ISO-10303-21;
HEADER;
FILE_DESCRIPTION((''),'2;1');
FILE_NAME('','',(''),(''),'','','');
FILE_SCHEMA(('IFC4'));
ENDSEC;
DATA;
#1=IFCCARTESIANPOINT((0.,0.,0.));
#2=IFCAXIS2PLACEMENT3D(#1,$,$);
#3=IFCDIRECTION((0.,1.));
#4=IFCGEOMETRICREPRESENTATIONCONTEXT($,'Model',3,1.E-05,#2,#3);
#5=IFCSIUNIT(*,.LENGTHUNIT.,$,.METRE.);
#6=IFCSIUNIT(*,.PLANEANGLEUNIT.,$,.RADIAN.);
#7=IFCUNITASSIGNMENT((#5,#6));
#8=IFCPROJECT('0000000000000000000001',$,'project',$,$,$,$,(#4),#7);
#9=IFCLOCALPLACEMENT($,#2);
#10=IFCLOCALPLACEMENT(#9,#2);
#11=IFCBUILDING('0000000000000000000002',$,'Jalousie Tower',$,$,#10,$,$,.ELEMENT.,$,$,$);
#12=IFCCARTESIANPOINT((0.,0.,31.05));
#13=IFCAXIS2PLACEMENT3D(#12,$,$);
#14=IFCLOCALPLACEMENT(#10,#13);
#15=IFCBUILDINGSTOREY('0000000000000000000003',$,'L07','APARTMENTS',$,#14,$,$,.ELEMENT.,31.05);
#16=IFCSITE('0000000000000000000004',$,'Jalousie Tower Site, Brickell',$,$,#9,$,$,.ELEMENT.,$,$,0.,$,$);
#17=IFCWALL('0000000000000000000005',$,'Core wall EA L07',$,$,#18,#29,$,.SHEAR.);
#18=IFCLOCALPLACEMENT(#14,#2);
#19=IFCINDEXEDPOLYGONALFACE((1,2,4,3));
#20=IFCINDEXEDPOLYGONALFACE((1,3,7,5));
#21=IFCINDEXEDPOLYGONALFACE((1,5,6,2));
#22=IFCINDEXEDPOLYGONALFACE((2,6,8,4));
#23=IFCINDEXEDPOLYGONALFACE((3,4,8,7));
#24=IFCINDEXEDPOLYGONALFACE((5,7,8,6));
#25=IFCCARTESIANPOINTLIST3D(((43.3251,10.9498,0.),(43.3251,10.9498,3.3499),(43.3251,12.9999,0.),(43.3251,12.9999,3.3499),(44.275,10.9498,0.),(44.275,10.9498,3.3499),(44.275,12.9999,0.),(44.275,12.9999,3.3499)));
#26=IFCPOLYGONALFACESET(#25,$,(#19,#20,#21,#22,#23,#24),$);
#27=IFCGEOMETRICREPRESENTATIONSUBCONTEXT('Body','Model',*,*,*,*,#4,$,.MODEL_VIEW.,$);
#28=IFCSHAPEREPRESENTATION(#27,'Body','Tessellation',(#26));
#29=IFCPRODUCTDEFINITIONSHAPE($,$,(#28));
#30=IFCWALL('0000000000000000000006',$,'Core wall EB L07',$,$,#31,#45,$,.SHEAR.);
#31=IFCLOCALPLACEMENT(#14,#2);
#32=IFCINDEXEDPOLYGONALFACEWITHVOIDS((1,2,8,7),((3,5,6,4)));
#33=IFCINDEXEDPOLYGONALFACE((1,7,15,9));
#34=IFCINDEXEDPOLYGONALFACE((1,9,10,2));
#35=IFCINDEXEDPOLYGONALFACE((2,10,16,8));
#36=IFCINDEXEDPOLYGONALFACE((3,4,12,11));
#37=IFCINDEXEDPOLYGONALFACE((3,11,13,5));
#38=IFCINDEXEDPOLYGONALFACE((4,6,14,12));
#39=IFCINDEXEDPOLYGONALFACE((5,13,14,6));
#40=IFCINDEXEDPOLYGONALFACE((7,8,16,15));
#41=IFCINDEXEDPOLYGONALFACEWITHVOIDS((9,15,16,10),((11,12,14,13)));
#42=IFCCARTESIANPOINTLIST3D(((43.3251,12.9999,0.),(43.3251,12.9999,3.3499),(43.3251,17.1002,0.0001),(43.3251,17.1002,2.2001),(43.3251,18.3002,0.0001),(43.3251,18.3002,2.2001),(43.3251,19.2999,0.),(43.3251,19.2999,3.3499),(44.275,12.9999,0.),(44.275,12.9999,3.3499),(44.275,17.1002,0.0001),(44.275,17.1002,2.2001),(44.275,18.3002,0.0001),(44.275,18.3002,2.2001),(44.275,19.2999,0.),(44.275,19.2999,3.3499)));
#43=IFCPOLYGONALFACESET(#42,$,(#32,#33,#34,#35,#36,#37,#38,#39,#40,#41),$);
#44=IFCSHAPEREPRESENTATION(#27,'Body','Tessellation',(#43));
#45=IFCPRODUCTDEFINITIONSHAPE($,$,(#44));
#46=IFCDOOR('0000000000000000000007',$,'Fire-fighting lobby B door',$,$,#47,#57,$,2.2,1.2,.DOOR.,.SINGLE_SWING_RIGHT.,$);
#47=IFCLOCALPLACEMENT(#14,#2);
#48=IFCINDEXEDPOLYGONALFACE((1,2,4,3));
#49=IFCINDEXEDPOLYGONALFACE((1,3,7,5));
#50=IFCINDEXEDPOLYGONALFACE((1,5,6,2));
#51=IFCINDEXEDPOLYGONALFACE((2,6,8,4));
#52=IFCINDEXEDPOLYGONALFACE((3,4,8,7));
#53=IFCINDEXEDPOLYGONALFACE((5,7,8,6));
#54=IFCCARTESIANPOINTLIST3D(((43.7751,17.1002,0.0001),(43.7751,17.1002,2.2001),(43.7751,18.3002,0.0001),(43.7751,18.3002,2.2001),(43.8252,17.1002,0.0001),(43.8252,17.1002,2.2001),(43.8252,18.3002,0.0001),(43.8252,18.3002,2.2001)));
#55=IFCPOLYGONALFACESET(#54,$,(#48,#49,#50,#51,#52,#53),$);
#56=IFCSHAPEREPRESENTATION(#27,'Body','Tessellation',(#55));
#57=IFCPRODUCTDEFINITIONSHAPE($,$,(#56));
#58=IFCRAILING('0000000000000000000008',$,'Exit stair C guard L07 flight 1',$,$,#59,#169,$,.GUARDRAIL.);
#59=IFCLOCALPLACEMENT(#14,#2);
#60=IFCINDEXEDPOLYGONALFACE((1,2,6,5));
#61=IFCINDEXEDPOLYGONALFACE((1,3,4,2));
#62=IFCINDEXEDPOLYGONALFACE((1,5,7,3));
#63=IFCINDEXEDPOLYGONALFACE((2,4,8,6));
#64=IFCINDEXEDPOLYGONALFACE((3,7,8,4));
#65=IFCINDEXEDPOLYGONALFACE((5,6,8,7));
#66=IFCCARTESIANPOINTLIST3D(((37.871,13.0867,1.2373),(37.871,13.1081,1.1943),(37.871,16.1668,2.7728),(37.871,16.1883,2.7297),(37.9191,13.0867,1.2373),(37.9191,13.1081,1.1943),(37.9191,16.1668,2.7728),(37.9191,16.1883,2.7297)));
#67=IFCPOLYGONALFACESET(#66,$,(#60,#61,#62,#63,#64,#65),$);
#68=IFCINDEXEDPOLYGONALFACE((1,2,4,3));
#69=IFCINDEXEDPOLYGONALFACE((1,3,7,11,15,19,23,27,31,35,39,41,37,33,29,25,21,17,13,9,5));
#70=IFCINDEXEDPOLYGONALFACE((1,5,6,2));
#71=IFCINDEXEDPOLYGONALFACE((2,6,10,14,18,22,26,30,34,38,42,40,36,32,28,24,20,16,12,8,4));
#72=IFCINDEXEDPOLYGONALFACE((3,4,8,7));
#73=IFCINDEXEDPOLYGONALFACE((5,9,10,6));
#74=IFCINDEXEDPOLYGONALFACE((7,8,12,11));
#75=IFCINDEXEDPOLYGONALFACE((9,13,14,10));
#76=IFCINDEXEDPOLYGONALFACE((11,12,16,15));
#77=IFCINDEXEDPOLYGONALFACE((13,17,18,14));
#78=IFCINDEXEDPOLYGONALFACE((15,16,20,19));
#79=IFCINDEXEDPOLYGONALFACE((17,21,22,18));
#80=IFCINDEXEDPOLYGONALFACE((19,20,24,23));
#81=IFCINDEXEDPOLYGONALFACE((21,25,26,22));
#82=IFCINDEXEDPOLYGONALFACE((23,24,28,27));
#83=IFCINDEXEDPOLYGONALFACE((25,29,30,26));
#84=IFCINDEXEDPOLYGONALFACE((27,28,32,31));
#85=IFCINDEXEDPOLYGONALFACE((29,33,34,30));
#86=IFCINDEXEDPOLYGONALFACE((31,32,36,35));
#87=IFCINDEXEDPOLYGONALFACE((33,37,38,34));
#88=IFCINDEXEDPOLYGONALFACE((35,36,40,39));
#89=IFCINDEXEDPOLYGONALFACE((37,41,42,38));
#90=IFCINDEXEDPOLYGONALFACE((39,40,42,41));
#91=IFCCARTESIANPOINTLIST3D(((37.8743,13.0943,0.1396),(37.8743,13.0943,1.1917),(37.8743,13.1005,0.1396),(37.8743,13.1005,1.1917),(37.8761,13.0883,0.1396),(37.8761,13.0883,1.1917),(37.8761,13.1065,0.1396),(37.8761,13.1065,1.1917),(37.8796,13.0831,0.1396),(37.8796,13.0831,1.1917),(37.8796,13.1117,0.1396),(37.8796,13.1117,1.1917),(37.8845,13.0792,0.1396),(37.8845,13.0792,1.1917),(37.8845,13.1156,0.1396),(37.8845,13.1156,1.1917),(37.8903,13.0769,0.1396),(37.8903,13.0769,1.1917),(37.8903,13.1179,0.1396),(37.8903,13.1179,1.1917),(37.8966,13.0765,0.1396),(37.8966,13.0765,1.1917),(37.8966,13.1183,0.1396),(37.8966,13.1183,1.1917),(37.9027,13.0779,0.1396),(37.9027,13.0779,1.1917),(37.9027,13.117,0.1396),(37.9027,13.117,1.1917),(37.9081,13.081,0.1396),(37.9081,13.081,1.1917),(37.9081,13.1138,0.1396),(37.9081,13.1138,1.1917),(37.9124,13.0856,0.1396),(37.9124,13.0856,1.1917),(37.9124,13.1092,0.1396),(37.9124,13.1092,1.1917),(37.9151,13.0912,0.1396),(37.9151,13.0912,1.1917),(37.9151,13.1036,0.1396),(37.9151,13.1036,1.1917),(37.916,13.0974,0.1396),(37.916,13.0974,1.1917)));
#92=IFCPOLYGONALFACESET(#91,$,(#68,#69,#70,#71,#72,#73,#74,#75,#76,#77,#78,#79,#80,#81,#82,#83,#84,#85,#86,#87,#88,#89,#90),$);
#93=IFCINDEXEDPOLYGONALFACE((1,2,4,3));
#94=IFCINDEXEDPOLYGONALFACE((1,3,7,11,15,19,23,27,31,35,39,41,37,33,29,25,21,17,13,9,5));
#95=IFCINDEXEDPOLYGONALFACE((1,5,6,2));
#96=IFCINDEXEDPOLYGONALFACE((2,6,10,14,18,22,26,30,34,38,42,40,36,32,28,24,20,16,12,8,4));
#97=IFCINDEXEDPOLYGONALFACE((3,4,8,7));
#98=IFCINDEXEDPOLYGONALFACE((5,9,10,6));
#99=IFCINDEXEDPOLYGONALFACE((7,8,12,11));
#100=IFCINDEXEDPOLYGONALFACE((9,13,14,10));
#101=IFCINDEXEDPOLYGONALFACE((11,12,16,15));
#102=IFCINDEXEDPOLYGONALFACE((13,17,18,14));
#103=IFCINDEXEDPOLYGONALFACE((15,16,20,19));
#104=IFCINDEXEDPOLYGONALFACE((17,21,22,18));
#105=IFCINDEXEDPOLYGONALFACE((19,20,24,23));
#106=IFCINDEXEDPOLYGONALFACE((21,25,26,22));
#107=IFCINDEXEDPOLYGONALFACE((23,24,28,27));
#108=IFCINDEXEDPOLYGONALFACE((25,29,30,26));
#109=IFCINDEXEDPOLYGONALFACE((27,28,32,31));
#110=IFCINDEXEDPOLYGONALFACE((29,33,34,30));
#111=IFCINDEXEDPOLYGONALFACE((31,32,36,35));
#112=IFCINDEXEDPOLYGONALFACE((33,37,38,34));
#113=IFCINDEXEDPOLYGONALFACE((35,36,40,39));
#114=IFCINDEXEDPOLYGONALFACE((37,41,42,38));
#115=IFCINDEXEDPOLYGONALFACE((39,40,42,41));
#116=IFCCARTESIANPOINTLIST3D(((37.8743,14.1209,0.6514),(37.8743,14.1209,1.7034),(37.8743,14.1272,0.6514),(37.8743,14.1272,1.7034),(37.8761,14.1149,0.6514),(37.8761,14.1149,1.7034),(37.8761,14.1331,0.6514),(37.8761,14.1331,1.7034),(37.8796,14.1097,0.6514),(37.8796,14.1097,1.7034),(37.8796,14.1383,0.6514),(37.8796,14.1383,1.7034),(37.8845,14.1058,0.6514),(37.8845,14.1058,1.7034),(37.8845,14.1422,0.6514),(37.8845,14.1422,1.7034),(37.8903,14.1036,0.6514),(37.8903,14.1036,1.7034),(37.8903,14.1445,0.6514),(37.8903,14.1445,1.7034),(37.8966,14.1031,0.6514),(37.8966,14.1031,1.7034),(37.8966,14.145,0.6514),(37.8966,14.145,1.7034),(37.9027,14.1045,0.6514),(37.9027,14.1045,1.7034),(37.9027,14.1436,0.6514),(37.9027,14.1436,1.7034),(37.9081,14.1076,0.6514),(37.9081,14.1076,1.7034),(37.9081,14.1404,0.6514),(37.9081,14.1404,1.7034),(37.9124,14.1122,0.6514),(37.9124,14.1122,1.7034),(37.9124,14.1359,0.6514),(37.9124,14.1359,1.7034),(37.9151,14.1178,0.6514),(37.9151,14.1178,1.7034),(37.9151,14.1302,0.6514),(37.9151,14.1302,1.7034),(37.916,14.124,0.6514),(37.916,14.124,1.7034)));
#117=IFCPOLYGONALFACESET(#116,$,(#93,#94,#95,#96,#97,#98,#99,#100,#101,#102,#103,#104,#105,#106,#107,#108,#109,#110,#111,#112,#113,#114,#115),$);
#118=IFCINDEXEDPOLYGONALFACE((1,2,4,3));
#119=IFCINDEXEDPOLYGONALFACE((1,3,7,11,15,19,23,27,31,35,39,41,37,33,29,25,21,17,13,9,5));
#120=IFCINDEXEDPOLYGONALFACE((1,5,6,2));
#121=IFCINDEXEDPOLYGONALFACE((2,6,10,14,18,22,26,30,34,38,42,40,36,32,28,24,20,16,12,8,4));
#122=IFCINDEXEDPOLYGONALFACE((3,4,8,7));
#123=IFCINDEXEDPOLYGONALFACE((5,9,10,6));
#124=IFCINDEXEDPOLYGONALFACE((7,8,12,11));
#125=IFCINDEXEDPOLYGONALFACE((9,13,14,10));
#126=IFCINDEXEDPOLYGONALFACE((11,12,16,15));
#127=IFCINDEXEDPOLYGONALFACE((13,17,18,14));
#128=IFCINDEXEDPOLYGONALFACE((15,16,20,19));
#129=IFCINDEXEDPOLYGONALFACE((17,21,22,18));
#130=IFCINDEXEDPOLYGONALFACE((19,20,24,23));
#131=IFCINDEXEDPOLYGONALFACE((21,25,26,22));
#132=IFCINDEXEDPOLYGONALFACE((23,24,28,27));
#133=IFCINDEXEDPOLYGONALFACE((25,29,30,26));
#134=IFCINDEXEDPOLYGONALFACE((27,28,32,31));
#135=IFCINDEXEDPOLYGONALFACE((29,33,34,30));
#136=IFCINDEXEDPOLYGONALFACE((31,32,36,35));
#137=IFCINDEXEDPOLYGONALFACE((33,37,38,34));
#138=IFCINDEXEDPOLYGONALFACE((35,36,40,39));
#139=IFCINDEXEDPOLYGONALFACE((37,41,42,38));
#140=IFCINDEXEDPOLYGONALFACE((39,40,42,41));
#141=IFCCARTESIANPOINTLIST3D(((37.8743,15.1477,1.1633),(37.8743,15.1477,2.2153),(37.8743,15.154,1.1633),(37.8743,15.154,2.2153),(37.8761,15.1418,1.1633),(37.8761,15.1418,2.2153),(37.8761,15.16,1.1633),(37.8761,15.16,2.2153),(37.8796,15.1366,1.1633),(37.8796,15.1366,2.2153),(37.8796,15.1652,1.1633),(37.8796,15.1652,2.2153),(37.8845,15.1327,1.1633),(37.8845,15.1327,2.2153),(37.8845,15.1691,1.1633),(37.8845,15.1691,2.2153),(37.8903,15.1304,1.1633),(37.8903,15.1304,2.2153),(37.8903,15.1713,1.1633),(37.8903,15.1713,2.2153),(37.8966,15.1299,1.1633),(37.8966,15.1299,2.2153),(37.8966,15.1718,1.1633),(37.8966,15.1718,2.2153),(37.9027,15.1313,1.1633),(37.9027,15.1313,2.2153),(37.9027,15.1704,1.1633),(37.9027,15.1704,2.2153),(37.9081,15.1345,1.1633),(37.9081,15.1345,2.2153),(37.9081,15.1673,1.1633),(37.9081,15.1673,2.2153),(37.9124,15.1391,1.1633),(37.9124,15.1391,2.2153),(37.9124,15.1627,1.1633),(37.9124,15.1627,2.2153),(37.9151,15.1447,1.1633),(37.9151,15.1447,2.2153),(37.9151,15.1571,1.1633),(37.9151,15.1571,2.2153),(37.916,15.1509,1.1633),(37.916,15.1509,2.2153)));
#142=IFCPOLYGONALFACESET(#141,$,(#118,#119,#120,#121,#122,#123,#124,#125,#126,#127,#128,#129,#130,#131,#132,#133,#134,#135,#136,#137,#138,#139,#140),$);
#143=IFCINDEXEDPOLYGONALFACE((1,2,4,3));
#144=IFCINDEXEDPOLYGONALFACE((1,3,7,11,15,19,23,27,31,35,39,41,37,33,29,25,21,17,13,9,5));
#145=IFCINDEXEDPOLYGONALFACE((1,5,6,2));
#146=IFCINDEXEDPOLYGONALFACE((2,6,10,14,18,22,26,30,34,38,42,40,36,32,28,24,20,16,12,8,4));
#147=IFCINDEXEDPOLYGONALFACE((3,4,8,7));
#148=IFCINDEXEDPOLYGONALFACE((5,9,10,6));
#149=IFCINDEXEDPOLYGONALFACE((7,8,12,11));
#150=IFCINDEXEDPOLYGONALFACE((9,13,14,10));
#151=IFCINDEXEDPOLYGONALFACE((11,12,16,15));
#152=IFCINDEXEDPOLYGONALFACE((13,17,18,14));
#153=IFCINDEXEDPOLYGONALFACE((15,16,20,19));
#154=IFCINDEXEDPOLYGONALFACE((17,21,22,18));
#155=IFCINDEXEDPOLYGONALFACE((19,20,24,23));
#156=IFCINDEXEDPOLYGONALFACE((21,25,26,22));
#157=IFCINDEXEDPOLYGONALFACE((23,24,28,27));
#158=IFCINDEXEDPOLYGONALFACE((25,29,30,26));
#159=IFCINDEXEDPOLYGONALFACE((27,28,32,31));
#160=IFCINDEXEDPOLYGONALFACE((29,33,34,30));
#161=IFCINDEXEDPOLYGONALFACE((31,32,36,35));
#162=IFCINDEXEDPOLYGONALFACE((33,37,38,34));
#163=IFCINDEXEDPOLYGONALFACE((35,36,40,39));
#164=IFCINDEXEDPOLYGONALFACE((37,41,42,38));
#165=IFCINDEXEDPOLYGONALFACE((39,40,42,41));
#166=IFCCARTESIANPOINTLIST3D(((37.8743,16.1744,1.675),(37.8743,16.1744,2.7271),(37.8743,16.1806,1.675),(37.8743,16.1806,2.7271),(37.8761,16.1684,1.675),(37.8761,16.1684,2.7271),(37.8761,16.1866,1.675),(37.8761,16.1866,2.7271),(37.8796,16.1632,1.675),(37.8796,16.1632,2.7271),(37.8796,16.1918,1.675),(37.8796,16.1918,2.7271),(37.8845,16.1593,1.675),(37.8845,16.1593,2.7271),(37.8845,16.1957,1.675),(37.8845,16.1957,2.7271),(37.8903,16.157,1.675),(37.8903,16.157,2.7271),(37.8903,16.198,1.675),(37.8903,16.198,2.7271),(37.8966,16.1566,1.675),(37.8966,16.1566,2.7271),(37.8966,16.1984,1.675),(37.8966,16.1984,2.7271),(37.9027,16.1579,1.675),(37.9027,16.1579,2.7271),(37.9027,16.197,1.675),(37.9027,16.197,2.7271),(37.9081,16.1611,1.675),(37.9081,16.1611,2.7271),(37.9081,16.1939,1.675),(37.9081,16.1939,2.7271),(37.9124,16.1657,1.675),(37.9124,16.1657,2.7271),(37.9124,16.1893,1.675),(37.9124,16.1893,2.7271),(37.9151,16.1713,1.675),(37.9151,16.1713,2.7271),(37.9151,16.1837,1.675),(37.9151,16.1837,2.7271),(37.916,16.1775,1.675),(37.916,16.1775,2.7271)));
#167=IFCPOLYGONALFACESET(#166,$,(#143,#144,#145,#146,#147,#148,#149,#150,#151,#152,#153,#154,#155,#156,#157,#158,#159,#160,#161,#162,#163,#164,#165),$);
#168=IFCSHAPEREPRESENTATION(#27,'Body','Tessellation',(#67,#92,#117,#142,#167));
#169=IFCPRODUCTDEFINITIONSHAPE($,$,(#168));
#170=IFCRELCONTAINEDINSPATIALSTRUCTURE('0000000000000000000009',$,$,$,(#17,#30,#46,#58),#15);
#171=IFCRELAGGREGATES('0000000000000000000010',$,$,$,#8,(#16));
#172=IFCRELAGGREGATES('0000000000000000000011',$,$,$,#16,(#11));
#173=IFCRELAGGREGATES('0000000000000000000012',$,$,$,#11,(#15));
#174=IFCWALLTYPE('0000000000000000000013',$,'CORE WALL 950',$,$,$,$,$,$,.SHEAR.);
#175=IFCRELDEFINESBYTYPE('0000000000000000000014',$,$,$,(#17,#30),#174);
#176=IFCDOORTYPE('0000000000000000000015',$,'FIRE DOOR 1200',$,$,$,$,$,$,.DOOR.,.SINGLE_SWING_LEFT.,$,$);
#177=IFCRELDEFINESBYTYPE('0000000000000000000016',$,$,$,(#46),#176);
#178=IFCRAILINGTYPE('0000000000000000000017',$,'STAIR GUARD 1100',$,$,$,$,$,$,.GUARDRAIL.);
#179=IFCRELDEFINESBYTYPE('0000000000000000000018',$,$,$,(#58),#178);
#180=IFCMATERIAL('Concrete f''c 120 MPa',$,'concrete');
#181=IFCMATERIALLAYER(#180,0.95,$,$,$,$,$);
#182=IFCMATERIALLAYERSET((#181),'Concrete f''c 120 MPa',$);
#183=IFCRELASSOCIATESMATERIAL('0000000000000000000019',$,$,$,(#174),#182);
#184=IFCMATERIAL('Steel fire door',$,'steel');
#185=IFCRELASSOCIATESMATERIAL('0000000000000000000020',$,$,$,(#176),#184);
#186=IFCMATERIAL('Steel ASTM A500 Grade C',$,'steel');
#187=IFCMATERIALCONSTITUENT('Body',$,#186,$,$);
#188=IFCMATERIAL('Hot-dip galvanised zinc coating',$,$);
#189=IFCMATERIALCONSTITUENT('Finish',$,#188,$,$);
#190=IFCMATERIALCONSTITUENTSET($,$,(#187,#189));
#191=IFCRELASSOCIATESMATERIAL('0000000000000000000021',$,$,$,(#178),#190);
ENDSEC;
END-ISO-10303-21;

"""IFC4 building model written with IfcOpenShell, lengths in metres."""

from ifc_helpers import new_model, si_unit, direction, frame, frame_2d, origin, origin_2d, place, context, subcontext, project, spatial, rectangle, circle, extrude, material, layer, layer_set, constituent, constituent_set, type_object, element, fill, save


model = new_model("IFC4")

# Units and contexts
model_context = context("Model", 3, precision=1e-05, world=origin(), true_north=direction((0.0, 1.0)))
body_context = subcontext(model_context, "Body", "Model", "MODEL_VIEW")
ifc_project = project(units=[si_unit("LENGTHUNIT", "METRE"), si_unit("PLANEANGLEUNIT", "RADIAN")], contexts=[model_context])

# Site, building, storey
site_placement = place(None, origin())
site = spatial("IfcSite", under=ifc_project, at=site_placement, Name="Jalousie Tower Site, Brickell", CompositionType="ELEMENT", RefElevation=0.0)
building_placement = place(site_placement, origin())
building = spatial("IfcBuilding", under=site, at=building_placement, Name="Jalousie Tower", CompositionType="ELEMENT")
storey_placement = place(building_placement, frame((0.0, 0.0, 31.05)))
storey = spatial("IfcBuildingStorey", under=building, at=storey_placement, Name="L07", Description="APARTMENTS", CompositionType="ELEMENT", Elevation=31.05)

# Wall
ifc_material_1 = material(Name="Concrete f'c 120 MPa", Category="concrete")
ifc_layer_1 = layer(ifc_material_1, 0.95)
ifc_layer_set_1 = layer_set([ifc_layer_1], Name="Concrete f'c 120 MPa")
wall_type_1 = type_object("IfcWallType", Name="CORE WALL 950", PredefinedType="SHEAR", material=ifc_layer_set_1)
wall_1_placement = place(storey_placement, frame((43.8, 10.95, 0.0), z_axis=(0.0, 0.0, 1.0), x_axis=(0.0, 1.0, 0.0)))
element("IfcWall", 1, at=wall_1_placement, inside=storey, type_object=wall_type_1, Name="Core wall EA L07", PredefinedType="SHEAR", context=body_context, shape_type="SweptSolid", body=[
    extrude(rectangle(XDim=2.05, YDim=0.95, at=frame_2d((1.0249, 0.0))), origin(), (0.0, 0.0, 1.0), 3.3499),
])

# Wall, opening, door
wall_2_placement = place(storey_placement, frame((43.8, 13.0, 0.0), z_axis=(0.0, 0.0, 1.0), x_axis=(0.0, 1.0, 0.0)))
wall_2 = element("IfcWall", 2, at=wall_2_placement, inside=storey, type_object=wall_type_1, Name="Core wall EB L07", PredefinedType="SHEAR", context=body_context, shape_type="SweptSolid", body=[
    extrude(rectangle(XDim=6.3, YDim=0.95, at=frame_2d((3.1499, 0.0))), origin(), (0.0, 0.0, 1.0), 3.3499),
])
opening_1_placement = place(wall_2_placement, frame((4.1001, 0.0, 0.0)))
opening_1 = element("IfcOpeningElement", 3, at=opening_1_placement, cuts=wall_2, PredefinedType="OPENING", context=body_context, shape_type="SweptSolid", body=[
    extrude(rectangle(XDim=1.2, YDim=2.2, at=frame_2d((0.6001, 1.1001))), frame((0.0, 0.4849, 0.0), z_axis=(0.0, -1.0, 0.0), x_axis=(1.0, 0.0, 0.0)), (0.0, 0.0, 1.0), 0.97),
])
ifc_material_2 = material(Name="Steel fire door", Category="steel")
door_type_1 = type_object("IfcDoorType", Name="FIRE DOOR 1200", OperationType="SINGLE_SWING_LEFT", PredefinedType="DOOR", material=ifc_material_2)
door_1_placement = place(opening_1_placement, origin())
door_1 = element("IfcDoor", 4, at=door_1_placement, inside=storey, type_object=door_type_1, Name="Fire-fighting lobby B door", OperationType="SINGLE_SWING_RIGHT", OverallHeight=2.2, OverallWidth=1.2, PredefinedType="DOOR", context=body_context, shape_type="SweptSolid", body=[
    extrude(rectangle(XDim=1.2, YDim=2.2, at=frame_2d((0.6001, 1.1001))), frame((0.0, 0.0249, 0.0), z_axis=(0.0, -1.0, 0.0), x_axis=(1.0, 0.0, 0.0)), (0.0, 0.0, 1.0), 0.05),
])
fill(opening_1, door_1)

# Railing
ifc_material_3 = material(Name="Steel ASTM A500 Grade C", Category="steel")
ifc_constituent_1 = constituent(ifc_material_3, Name="Body")
ifc_material_4 = material(Name="Hot-dip galvanised zinc coating")
ifc_constituent_2 = constituent(ifc_material_4, Name="Finish")
ifc_constituent_set = constituent_set(constituents=[ifc_constituent_1, ifc_constituent_2])
railing_type = type_object("IfcRailingType", Name="STAIR GUARD 1100", PredefinedType="GUARDRAIL", material=ifc_constituent_set)
railing_1_placement = place(storey_placement, frame((37.895, 13.0974, 0.1396)))
element("IfcRailing", 5, at=railing_1_placement, inside=storey, type_object=railing_type, Name="Exit stair C guard L07 flight 1", PredefinedType="GUARDRAIL", context=body_context, shape_type="SweptSolid", body=[
    extrude(rectangle(XDim=0.0481, YDim=0.0481, at=origin_2d()), frame((0.0, 0.0, 1.0762), z_axis=(0.0, 0.894966, 0.446135), x_axis=(-1.0, 0.0, 0.0)), (0.0, 0.0, 1.0), 3.4417),
    extrude(circle(Radius=0.021, at=origin_2d()), origin(), (0.0, 0.0, 1.0), 1.052),
    extrude(circle(Radius=0.021, at=origin_2d()), frame((0.0, 1.0266, 0.5117)), (0.0, 0.0, 1.0), 1.052),
    extrude(circle(Radius=0.021, at=origin_2d()), frame((0.0, 2.0535, 1.0237)), (0.0, 0.0, 1.0), 1.052),
    extrude(circle(Radius=0.021, at=origin_2d()), frame((0.0, 3.0801, 1.5354)), (0.0, 0.0, 1.0), 1.052),
])

save(model, "model.ifc")
